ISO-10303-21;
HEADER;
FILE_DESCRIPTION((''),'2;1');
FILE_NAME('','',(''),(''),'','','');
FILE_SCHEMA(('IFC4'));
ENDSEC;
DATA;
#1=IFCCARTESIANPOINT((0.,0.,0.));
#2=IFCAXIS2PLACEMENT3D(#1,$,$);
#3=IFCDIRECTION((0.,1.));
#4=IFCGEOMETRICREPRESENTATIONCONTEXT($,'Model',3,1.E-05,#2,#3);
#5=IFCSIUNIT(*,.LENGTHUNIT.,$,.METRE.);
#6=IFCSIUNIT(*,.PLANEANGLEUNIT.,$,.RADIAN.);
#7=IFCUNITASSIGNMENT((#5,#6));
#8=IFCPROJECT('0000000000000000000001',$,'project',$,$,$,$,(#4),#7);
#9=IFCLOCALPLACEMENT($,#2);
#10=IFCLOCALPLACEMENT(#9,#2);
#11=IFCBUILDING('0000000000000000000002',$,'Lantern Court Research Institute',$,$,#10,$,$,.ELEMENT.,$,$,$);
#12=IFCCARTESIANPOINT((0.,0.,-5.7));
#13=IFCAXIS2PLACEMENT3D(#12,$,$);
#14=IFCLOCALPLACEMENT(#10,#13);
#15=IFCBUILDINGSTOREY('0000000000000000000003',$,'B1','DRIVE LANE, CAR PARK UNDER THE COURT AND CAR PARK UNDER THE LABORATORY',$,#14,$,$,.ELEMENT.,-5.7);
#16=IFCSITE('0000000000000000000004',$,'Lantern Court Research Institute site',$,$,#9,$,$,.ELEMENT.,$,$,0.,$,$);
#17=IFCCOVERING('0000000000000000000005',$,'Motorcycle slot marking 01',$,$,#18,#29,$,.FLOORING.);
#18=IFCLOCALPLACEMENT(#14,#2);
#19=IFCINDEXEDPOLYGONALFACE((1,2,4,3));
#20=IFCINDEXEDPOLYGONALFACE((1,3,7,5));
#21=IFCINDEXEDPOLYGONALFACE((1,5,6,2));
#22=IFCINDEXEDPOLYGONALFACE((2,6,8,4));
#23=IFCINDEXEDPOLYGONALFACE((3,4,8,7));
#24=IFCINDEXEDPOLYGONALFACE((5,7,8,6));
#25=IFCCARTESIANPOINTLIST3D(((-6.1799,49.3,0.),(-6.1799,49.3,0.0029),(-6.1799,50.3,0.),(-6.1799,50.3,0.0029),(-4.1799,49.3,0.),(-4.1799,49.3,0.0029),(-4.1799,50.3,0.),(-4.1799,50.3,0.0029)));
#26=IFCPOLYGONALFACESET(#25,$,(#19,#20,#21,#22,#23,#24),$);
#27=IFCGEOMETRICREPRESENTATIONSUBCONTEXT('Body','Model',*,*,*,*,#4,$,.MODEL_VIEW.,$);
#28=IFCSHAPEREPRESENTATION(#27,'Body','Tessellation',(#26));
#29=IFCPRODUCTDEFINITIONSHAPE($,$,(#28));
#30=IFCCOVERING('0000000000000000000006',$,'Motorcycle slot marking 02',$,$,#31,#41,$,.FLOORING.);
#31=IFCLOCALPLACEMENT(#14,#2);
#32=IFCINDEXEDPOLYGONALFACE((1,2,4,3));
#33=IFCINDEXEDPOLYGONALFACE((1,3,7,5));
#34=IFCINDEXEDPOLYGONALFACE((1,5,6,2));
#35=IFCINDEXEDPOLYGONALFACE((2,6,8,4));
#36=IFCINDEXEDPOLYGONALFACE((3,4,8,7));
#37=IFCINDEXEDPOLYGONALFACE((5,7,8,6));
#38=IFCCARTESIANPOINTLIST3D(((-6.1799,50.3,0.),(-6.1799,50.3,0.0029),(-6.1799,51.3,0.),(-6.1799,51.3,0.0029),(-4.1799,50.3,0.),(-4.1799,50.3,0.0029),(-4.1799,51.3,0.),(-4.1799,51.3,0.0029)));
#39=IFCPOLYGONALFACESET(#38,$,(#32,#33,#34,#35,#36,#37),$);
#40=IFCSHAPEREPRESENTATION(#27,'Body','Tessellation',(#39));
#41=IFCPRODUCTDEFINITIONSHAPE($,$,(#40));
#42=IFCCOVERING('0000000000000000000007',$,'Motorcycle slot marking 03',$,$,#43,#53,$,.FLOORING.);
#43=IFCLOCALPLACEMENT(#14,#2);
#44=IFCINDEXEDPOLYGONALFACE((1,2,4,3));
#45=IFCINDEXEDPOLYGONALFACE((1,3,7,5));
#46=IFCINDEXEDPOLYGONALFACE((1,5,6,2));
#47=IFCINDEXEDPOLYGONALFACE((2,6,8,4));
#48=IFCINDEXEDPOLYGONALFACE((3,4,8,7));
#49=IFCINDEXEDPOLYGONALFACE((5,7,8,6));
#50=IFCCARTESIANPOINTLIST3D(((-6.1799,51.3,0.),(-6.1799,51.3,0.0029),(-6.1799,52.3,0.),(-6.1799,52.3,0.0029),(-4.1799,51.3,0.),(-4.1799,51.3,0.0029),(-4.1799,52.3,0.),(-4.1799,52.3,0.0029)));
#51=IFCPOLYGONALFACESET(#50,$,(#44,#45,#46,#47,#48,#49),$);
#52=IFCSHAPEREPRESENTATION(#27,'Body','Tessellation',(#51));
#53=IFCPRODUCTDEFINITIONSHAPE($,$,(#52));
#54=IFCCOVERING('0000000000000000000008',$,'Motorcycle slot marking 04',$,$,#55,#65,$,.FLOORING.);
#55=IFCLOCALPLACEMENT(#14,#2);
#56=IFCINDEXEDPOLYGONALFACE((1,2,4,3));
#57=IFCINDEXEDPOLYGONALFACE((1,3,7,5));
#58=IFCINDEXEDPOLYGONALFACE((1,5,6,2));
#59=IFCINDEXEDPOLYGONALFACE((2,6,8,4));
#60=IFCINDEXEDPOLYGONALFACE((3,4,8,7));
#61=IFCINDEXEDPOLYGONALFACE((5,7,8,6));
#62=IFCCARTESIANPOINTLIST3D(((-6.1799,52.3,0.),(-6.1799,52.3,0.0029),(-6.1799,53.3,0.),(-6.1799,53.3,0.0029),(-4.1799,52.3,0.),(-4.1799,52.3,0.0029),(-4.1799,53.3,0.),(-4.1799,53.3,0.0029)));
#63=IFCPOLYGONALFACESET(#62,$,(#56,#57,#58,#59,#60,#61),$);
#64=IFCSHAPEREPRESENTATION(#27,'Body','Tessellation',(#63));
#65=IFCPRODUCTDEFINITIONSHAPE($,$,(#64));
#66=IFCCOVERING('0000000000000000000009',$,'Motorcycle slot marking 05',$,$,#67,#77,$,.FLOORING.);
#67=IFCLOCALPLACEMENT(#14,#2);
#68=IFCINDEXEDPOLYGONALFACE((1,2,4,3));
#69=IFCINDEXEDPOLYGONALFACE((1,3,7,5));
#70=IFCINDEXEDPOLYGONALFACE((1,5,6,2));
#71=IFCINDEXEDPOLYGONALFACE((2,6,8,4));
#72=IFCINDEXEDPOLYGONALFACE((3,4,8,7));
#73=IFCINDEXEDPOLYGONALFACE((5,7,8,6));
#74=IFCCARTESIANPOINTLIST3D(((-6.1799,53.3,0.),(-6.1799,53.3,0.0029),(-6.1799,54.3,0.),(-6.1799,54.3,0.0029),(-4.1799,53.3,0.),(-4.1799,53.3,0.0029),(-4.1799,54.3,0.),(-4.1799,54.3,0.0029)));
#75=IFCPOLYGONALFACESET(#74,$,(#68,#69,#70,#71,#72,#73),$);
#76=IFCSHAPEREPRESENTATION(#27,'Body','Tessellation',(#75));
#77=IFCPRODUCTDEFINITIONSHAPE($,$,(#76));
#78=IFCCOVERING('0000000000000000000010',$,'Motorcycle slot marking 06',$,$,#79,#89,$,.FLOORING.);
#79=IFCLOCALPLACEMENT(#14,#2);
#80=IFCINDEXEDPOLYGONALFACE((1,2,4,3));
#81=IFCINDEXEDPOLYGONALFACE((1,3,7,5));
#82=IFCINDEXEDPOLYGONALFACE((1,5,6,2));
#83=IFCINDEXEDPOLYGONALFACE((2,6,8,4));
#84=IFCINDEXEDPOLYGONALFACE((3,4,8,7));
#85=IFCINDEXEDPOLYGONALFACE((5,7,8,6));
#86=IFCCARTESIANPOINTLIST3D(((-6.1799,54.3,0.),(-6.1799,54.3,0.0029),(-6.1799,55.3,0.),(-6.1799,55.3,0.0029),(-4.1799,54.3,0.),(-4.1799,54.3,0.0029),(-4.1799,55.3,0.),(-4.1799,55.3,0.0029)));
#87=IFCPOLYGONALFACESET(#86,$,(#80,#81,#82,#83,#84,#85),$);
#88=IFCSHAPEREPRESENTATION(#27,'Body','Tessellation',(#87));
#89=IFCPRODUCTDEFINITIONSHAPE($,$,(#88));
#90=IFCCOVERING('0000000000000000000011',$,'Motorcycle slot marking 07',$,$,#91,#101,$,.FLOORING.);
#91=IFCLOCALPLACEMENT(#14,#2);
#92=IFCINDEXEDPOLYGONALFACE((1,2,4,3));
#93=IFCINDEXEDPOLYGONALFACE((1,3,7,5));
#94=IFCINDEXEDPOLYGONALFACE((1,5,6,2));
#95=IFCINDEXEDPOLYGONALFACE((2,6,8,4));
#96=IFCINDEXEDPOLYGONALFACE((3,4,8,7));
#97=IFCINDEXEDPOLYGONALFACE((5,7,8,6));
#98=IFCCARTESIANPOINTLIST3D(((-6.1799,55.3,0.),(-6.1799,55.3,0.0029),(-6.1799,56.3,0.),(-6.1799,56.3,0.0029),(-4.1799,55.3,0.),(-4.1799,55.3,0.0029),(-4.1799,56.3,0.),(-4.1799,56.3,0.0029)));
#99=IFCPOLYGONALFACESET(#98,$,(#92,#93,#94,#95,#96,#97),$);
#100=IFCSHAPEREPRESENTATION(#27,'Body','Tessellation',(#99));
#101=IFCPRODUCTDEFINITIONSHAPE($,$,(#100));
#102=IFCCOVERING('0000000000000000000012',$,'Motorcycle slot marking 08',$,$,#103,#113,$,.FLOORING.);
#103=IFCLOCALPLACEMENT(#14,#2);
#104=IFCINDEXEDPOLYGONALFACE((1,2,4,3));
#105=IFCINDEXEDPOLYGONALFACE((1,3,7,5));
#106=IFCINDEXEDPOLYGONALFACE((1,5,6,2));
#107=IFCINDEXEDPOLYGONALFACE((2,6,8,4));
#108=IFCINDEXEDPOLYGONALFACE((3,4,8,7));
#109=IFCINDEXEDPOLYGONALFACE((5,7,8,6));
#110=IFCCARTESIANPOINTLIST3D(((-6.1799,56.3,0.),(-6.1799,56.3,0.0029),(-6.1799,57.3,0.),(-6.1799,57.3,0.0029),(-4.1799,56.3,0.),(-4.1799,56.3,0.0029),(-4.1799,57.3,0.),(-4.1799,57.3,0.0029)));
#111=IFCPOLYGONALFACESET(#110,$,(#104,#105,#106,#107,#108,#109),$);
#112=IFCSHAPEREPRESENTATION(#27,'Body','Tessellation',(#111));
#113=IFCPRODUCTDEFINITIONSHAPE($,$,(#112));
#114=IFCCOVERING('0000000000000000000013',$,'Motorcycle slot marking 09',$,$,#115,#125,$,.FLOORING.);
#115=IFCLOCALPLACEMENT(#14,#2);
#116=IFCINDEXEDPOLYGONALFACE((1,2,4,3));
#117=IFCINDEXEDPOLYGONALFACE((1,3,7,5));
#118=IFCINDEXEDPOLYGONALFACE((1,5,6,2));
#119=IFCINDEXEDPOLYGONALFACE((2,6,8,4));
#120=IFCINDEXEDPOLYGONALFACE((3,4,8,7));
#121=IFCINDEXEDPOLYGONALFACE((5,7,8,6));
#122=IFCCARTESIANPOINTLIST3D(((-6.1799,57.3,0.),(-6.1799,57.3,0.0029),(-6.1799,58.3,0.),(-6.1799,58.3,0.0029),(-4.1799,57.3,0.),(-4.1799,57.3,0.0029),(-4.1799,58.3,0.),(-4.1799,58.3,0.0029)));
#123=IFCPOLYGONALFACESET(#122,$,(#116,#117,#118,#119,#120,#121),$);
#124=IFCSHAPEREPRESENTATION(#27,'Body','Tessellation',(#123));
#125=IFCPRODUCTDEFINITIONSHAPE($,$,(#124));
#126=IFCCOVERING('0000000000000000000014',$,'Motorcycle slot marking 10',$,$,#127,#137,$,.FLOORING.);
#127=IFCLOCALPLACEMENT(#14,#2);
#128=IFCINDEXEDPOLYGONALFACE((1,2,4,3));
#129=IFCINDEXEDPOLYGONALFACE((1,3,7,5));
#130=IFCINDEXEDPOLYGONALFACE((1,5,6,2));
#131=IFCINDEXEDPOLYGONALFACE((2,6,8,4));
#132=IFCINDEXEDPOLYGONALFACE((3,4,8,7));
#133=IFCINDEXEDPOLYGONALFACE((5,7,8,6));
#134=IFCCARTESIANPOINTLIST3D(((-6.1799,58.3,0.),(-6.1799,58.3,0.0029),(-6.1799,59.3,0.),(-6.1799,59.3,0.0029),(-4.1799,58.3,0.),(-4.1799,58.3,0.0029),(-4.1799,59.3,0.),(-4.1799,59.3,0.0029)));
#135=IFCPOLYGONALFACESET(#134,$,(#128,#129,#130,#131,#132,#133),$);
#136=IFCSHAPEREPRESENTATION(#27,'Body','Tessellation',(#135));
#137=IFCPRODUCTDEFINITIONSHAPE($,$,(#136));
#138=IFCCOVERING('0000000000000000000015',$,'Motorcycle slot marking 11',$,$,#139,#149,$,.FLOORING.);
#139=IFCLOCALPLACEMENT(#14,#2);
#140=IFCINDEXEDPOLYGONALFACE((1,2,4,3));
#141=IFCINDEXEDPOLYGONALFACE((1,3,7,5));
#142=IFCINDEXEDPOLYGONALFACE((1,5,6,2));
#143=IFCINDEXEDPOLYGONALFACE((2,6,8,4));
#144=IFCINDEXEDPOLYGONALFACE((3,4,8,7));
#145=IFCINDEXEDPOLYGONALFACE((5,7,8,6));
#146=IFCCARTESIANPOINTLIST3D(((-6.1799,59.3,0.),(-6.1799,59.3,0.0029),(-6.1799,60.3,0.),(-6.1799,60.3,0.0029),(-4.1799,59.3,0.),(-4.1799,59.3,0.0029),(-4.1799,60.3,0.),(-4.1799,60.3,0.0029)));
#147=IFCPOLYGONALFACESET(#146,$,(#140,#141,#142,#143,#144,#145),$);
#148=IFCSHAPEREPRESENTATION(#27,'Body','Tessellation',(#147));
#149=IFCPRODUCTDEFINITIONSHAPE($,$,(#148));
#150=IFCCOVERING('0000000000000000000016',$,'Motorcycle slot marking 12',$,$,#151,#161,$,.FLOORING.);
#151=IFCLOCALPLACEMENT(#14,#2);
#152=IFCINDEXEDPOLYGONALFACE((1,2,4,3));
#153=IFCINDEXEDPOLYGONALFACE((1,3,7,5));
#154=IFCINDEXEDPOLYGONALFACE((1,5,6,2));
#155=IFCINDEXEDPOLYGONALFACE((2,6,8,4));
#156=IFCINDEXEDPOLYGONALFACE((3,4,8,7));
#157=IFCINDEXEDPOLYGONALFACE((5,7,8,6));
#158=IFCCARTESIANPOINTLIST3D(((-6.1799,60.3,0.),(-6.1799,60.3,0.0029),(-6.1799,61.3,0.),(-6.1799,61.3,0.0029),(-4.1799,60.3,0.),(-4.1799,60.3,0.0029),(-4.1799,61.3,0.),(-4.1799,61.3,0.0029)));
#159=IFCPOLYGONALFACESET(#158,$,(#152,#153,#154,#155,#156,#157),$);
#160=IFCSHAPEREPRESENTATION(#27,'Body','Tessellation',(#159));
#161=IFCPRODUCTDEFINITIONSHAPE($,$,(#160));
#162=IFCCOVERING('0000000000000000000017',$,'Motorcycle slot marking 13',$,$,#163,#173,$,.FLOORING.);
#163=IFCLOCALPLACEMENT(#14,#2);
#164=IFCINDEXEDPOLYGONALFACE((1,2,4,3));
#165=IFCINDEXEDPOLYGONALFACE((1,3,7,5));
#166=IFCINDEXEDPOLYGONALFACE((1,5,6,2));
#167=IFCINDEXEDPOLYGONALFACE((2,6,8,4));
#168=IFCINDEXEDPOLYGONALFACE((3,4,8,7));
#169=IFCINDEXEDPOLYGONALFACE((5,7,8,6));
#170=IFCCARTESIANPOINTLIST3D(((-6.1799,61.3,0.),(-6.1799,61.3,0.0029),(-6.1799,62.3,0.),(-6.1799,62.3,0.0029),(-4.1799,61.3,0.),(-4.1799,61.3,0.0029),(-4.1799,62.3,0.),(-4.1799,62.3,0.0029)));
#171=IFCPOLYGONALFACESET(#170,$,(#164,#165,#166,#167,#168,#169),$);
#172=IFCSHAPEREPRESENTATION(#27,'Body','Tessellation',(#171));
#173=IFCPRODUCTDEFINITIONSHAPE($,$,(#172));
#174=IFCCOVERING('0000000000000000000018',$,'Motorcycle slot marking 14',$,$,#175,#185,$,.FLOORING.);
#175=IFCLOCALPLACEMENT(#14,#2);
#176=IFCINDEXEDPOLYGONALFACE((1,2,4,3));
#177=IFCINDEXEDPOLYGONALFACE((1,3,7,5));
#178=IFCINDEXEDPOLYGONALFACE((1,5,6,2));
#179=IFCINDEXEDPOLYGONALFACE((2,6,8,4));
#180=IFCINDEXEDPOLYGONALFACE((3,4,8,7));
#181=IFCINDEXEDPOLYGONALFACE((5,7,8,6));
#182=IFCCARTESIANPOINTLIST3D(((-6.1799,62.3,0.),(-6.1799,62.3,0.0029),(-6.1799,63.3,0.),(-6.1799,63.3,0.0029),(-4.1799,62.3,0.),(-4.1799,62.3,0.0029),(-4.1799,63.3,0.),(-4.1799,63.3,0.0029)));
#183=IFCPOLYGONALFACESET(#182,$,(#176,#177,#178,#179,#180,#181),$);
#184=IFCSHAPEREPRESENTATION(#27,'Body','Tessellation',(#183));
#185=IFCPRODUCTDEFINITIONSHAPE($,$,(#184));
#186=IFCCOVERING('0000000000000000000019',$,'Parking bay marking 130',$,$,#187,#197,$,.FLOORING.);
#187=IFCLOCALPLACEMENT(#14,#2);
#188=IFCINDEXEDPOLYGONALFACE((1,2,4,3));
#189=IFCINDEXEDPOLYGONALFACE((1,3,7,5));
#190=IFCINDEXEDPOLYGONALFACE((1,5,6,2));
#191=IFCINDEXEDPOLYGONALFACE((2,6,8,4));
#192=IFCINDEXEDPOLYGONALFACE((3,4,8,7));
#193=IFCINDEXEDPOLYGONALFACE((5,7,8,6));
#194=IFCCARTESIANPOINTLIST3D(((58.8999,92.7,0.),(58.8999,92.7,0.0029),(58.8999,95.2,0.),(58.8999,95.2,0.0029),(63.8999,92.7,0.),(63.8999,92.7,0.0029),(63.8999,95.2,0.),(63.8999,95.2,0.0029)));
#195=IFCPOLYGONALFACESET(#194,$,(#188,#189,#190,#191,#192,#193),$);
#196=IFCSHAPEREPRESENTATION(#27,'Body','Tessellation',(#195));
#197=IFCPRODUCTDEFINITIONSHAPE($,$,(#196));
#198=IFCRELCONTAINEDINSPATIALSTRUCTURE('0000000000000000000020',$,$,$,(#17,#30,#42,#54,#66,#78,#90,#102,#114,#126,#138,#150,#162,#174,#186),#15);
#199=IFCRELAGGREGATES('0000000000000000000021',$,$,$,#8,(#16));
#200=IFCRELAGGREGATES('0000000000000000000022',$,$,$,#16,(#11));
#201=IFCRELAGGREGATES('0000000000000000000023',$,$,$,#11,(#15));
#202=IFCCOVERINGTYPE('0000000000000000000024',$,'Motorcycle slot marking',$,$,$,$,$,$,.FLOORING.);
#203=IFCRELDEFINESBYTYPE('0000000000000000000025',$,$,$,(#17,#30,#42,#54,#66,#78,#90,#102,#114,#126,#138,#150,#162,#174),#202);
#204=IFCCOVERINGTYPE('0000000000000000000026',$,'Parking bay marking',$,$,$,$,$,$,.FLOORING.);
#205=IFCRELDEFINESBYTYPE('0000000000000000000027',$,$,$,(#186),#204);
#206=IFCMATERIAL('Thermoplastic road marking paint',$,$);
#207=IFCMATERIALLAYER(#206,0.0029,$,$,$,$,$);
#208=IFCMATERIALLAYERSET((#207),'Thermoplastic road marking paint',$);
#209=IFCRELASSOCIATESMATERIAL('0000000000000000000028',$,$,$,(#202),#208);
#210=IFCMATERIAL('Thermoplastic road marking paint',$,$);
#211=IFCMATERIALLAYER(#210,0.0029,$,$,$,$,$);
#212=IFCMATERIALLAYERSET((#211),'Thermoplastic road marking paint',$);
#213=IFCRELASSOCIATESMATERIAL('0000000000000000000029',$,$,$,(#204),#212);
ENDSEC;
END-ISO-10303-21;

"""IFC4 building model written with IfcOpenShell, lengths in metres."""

from ifc_helpers import new_model, si_unit, direction, frame, origin, place, context, subcontext, project, spatial, polyline, outline, extrude, material, layer, layer_set, type_object, element, save


model = new_model("IFC4")

# Units and contexts
model_context = context("Model", 3, precision=1e-05, world=origin(), true_north=direction((0.0, 1.0)))
body_context = subcontext(model_context, "Body", "Model", "MODEL_VIEW")
ifc_project = project(units=[si_unit("LENGTHUNIT", "METRE"), si_unit("PLANEANGLEUNIT", "RADIAN")], contexts=[model_context])

# Site, building, storey
site_placement = place(None, origin())
site = spatial("IfcSite", under=ifc_project, at=site_placement, Name="Lantern Court Research Institute site", CompositionType="ELEMENT", RefElevation=0.0)
building_placement = place(site_placement, origin())
building = spatial("IfcBuilding", under=site, at=building_placement, Name="Lantern Court Research Institute", CompositionType="ELEMENT")
storey_placement = place(building_placement, frame((0.0, 0.0, -5.7)))
storey = spatial("IfcBuildingStorey", under=building, at=storey_placement, Name="B1", Description="DRIVE LANE, CAR PARK UNDER THE COURT AND CAR PARK UNDER THE LABORATORY", CompositionType="ELEMENT", Elevation=-5.7)

# Coverings
ifc_material_1 = material(Name="Thermoplastic road marking paint")
ifc_layer_1 = layer(ifc_material_1, 0.0029)
ifc_layer_set_1 = layer_set([ifc_layer_1], Name="Thermoplastic road marking paint")
covering_type_1 = type_object("IfcCoveringType", Name="Motorcycle slot marking", PredefinedType="FLOORING", material=ifc_layer_set_1)
covering_1_placement = place(storey_placement, origin())
element("IfcCovering", 1, at=covering_1_placement, inside=storey, type_object=covering_type_1, Name="Motorcycle slot marking 01", PredefinedType="FLOORING", context=body_context, shape_type="SweptSolid", body=[
    extrude(outline(polyline([(-6.1799, 49.3), (-4.1799, 49.3), (-4.1799, 50.3), (-6.1799, 50.3), (-6.1799, 49.3)])), origin(), (0.0, 0.0, 1.0), 0.0029),
])
covering_2_placement = place(storey_placement, origin())
element("IfcCovering", 2, at=covering_2_placement, inside=storey, type_object=covering_type_1, Name="Motorcycle slot marking 02", PredefinedType="FLOORING", context=body_context, shape_type="SweptSolid", body=[
    extrude(outline(polyline([(-6.1799, 50.3), (-4.1799, 50.3), (-4.1799, 51.3), (-6.1799, 51.3), (-6.1799, 50.3)])), origin(), (0.0, 0.0, 1.0), 0.0029),
])
covering_3_placement = place(storey_placement, origin())
element("IfcCovering", 3, at=covering_3_placement, inside=storey, type_object=covering_type_1, Name="Motorcycle slot marking 03", PredefinedType="FLOORING", context=body_context, shape_type="SweptSolid", body=[
    extrude(outline(polyline([(-6.1799, 51.3), (-4.1799, 51.3), (-4.1799, 52.3), (-6.1799, 52.3), (-6.1799, 51.3)])), origin(), (0.0, 0.0, 1.0), 0.0029),
])
covering_4_placement = place(storey_placement, origin())
element("IfcCovering", 4, at=covering_4_placement, inside=storey, type_object=covering_type_1, Name="Motorcycle slot marking 04", PredefinedType="FLOORING", context=body_context, shape_type="SweptSolid", body=[
    extrude(outline(polyline([(-6.1799, 52.3), (-4.1799, 52.3), (-4.1799, 53.3), (-6.1799, 53.3), (-6.1799, 52.3)])), origin(), (0.0, 0.0, 1.0), 0.0029),
])
covering_5_placement = place(storey_placement, origin())
element("IfcCovering", 5, at=covering_5_placement, inside=storey, type_object=covering_type_1, Name="Motorcycle slot marking 05", PredefinedType="FLOORING", context=body_context, shape_type="SweptSolid", body=[
    extrude(outline(polyline([(-6.1799, 53.3), (-4.1799, 53.3), (-4.1799, 54.3), (-6.1799, 54.3), (-6.1799, 53.3)])), origin(), (0.0, 0.0, 1.0), 0.0029),
])
covering_6_placement = place(storey_placement, origin())
element("IfcCovering", 6, at=covering_6_placement, inside=storey, type_object=covering_type_1, Name="Motorcycle slot marking 06", PredefinedType="FLOORING", context=body_context, shape_type="SweptSolid", body=[
    extrude(outline(polyline([(-6.1799, 54.3), (-4.1799, 54.3), (-4.1799, 55.3), (-6.1799, 55.3), (-6.1799, 54.3)])), origin(), (0.0, 0.0, 1.0), 0.0029),
])
covering_7_placement = place(storey_placement, origin())
element("IfcCovering", 7, at=covering_7_placement, inside=storey, type_object=covering_type_1, Name="Motorcycle slot marking 07", PredefinedType="FLOORING", context=body_context, shape_type="SweptSolid", body=[
    extrude(outline(polyline([(-6.1799, 55.3), (-4.1799, 55.3), (-4.1799, 56.3), (-6.1799, 56.3), (-6.1799, 55.3)])), origin(), (0.0, 0.0, 1.0), 0.0029),
])
covering_8_placement = place(storey_placement, origin())
element("IfcCovering", 8, at=covering_8_placement, inside=storey, type_object=covering_type_1, Name="Motorcycle slot marking 08", PredefinedType="FLOORING", context=body_context, shape_type="SweptSolid", body=[
    extrude(outline(polyline([(-6.1799, 56.3), (-4.1799, 56.3), (-4.1799, 57.3), (-6.1799, 57.3), (-6.1799, 56.3)])), origin(), (0.0, 0.0, 1.0), 0.0029),
])
covering_9_placement = place(storey_placement, origin())
element("IfcCovering", 9, at=covering_9_placement, inside=storey, type_object=covering_type_1, Name="Motorcycle slot marking 09", PredefinedType="FLOORING", context=body_context, shape_type="SweptSolid", body=[
    extrude(outline(polyline([(-6.1799, 57.3), (-4.1799, 57.3), (-4.1799, 58.3), (-6.1799, 58.3), (-6.1799, 57.3)])), origin(), (0.0, 0.0, 1.0), 0.0029),
])
covering_10_placement = place(storey_placement, origin())
element("IfcCovering", 10, at=covering_10_placement, inside=storey, type_object=covering_type_1, Name="Motorcycle slot marking 10", PredefinedType="FLOORING", context=body_context, shape_type="SweptSolid", body=[
    extrude(outline(polyline([(-6.1799, 58.3), (-4.1799, 58.3), (-4.1799, 59.3), (-6.1799, 59.3), (-6.1799, 58.3)])), origin(), (0.0, 0.0, 1.0), 0.0029),
])
covering_11_placement = place(storey_placement, origin())
element("IfcCovering", 11, at=covering_11_placement, inside=storey, type_object=covering_type_1, Name="Motorcycle slot marking 11", PredefinedType="FLOORING", context=body_context, shape_type="SweptSolid", body=[
    extrude(outline(polyline([(-6.1799, 59.3), (-4.1799, 59.3), (-4.1799, 60.3), (-6.1799, 60.3), (-6.1799, 59.3)])), origin(), (0.0, 0.0, 1.0), 0.0029),
])
covering_12_placement = place(storey_placement, origin())
element("IfcCovering", 12, at=covering_12_placement, inside=storey, type_object=covering_type_1, Name="Motorcycle slot marking 12", PredefinedType="FLOORING", context=body_context, shape_type="SweptSolid", body=[
    extrude(outline(polyline([(-6.1799, 60.3), (-4.1799, 60.3), (-4.1799, 61.3), (-6.1799, 61.3), (-6.1799, 60.3)])), origin(), (0.0, 0.0, 1.0), 0.0029),
])
covering_13_placement = place(storey_placement, origin())
element("IfcCovering", 13, at=covering_13_placement, inside=storey, type_object=covering_type_1, Name="Motorcycle slot marking 13", PredefinedType="FLOORING", context=body_context, shape_type="SweptSolid", body=[
    extrude(outline(polyline([(-6.1799, 61.3), (-4.1799, 61.3), (-4.1799, 62.3), (-6.1799, 62.3), (-6.1799, 61.3)])), origin(), (0.0, 0.0, 1.0), 0.0029),
])
covering_14_placement = place(storey_placement, origin())
element("IfcCovering", 14, at=covering_14_placement, inside=storey, type_object=covering_type_1, Name="Motorcycle slot marking 14", PredefinedType="FLOORING", context=body_context, shape_type="SweptSolid", body=[
    extrude(outline(polyline([(-6.1799, 62.3), (-4.1799, 62.3), (-4.1799, 63.3), (-6.1799, 63.3), (-6.1799, 62.3)])), origin(), (0.0, 0.0, 1.0), 0.0029),
])
ifc_material_2 = material(Name="Thermoplastic road marking paint")
ifc_layer_2 = layer(ifc_material_2, 0.0029)
ifc_layer_set_2 = layer_set([ifc_layer_2], Name="Thermoplastic road marking paint")
covering_type_2 = type_object("IfcCoveringType", Name="Parking bay marking", PredefinedType="FLOORING", material=ifc_layer_set_2)
covering_15_placement = place(storey_placement, origin())
element("IfcCovering", 15, at=covering_15_placement, inside=storey, type_object=covering_type_2, Name="Parking bay marking 130", PredefinedType="FLOORING", context=body_context, shape_type="SweptSolid", body=[
    extrude(outline(polyline([(58.8999, 92.7), (63.8999, 92.7), (63.8999, 95.2), (58.8999, 95.2), (58.8999, 92.7)])), origin(), (0.0, 0.0, 1.0), 0.0029),
])

save(model, "model.ifc")
